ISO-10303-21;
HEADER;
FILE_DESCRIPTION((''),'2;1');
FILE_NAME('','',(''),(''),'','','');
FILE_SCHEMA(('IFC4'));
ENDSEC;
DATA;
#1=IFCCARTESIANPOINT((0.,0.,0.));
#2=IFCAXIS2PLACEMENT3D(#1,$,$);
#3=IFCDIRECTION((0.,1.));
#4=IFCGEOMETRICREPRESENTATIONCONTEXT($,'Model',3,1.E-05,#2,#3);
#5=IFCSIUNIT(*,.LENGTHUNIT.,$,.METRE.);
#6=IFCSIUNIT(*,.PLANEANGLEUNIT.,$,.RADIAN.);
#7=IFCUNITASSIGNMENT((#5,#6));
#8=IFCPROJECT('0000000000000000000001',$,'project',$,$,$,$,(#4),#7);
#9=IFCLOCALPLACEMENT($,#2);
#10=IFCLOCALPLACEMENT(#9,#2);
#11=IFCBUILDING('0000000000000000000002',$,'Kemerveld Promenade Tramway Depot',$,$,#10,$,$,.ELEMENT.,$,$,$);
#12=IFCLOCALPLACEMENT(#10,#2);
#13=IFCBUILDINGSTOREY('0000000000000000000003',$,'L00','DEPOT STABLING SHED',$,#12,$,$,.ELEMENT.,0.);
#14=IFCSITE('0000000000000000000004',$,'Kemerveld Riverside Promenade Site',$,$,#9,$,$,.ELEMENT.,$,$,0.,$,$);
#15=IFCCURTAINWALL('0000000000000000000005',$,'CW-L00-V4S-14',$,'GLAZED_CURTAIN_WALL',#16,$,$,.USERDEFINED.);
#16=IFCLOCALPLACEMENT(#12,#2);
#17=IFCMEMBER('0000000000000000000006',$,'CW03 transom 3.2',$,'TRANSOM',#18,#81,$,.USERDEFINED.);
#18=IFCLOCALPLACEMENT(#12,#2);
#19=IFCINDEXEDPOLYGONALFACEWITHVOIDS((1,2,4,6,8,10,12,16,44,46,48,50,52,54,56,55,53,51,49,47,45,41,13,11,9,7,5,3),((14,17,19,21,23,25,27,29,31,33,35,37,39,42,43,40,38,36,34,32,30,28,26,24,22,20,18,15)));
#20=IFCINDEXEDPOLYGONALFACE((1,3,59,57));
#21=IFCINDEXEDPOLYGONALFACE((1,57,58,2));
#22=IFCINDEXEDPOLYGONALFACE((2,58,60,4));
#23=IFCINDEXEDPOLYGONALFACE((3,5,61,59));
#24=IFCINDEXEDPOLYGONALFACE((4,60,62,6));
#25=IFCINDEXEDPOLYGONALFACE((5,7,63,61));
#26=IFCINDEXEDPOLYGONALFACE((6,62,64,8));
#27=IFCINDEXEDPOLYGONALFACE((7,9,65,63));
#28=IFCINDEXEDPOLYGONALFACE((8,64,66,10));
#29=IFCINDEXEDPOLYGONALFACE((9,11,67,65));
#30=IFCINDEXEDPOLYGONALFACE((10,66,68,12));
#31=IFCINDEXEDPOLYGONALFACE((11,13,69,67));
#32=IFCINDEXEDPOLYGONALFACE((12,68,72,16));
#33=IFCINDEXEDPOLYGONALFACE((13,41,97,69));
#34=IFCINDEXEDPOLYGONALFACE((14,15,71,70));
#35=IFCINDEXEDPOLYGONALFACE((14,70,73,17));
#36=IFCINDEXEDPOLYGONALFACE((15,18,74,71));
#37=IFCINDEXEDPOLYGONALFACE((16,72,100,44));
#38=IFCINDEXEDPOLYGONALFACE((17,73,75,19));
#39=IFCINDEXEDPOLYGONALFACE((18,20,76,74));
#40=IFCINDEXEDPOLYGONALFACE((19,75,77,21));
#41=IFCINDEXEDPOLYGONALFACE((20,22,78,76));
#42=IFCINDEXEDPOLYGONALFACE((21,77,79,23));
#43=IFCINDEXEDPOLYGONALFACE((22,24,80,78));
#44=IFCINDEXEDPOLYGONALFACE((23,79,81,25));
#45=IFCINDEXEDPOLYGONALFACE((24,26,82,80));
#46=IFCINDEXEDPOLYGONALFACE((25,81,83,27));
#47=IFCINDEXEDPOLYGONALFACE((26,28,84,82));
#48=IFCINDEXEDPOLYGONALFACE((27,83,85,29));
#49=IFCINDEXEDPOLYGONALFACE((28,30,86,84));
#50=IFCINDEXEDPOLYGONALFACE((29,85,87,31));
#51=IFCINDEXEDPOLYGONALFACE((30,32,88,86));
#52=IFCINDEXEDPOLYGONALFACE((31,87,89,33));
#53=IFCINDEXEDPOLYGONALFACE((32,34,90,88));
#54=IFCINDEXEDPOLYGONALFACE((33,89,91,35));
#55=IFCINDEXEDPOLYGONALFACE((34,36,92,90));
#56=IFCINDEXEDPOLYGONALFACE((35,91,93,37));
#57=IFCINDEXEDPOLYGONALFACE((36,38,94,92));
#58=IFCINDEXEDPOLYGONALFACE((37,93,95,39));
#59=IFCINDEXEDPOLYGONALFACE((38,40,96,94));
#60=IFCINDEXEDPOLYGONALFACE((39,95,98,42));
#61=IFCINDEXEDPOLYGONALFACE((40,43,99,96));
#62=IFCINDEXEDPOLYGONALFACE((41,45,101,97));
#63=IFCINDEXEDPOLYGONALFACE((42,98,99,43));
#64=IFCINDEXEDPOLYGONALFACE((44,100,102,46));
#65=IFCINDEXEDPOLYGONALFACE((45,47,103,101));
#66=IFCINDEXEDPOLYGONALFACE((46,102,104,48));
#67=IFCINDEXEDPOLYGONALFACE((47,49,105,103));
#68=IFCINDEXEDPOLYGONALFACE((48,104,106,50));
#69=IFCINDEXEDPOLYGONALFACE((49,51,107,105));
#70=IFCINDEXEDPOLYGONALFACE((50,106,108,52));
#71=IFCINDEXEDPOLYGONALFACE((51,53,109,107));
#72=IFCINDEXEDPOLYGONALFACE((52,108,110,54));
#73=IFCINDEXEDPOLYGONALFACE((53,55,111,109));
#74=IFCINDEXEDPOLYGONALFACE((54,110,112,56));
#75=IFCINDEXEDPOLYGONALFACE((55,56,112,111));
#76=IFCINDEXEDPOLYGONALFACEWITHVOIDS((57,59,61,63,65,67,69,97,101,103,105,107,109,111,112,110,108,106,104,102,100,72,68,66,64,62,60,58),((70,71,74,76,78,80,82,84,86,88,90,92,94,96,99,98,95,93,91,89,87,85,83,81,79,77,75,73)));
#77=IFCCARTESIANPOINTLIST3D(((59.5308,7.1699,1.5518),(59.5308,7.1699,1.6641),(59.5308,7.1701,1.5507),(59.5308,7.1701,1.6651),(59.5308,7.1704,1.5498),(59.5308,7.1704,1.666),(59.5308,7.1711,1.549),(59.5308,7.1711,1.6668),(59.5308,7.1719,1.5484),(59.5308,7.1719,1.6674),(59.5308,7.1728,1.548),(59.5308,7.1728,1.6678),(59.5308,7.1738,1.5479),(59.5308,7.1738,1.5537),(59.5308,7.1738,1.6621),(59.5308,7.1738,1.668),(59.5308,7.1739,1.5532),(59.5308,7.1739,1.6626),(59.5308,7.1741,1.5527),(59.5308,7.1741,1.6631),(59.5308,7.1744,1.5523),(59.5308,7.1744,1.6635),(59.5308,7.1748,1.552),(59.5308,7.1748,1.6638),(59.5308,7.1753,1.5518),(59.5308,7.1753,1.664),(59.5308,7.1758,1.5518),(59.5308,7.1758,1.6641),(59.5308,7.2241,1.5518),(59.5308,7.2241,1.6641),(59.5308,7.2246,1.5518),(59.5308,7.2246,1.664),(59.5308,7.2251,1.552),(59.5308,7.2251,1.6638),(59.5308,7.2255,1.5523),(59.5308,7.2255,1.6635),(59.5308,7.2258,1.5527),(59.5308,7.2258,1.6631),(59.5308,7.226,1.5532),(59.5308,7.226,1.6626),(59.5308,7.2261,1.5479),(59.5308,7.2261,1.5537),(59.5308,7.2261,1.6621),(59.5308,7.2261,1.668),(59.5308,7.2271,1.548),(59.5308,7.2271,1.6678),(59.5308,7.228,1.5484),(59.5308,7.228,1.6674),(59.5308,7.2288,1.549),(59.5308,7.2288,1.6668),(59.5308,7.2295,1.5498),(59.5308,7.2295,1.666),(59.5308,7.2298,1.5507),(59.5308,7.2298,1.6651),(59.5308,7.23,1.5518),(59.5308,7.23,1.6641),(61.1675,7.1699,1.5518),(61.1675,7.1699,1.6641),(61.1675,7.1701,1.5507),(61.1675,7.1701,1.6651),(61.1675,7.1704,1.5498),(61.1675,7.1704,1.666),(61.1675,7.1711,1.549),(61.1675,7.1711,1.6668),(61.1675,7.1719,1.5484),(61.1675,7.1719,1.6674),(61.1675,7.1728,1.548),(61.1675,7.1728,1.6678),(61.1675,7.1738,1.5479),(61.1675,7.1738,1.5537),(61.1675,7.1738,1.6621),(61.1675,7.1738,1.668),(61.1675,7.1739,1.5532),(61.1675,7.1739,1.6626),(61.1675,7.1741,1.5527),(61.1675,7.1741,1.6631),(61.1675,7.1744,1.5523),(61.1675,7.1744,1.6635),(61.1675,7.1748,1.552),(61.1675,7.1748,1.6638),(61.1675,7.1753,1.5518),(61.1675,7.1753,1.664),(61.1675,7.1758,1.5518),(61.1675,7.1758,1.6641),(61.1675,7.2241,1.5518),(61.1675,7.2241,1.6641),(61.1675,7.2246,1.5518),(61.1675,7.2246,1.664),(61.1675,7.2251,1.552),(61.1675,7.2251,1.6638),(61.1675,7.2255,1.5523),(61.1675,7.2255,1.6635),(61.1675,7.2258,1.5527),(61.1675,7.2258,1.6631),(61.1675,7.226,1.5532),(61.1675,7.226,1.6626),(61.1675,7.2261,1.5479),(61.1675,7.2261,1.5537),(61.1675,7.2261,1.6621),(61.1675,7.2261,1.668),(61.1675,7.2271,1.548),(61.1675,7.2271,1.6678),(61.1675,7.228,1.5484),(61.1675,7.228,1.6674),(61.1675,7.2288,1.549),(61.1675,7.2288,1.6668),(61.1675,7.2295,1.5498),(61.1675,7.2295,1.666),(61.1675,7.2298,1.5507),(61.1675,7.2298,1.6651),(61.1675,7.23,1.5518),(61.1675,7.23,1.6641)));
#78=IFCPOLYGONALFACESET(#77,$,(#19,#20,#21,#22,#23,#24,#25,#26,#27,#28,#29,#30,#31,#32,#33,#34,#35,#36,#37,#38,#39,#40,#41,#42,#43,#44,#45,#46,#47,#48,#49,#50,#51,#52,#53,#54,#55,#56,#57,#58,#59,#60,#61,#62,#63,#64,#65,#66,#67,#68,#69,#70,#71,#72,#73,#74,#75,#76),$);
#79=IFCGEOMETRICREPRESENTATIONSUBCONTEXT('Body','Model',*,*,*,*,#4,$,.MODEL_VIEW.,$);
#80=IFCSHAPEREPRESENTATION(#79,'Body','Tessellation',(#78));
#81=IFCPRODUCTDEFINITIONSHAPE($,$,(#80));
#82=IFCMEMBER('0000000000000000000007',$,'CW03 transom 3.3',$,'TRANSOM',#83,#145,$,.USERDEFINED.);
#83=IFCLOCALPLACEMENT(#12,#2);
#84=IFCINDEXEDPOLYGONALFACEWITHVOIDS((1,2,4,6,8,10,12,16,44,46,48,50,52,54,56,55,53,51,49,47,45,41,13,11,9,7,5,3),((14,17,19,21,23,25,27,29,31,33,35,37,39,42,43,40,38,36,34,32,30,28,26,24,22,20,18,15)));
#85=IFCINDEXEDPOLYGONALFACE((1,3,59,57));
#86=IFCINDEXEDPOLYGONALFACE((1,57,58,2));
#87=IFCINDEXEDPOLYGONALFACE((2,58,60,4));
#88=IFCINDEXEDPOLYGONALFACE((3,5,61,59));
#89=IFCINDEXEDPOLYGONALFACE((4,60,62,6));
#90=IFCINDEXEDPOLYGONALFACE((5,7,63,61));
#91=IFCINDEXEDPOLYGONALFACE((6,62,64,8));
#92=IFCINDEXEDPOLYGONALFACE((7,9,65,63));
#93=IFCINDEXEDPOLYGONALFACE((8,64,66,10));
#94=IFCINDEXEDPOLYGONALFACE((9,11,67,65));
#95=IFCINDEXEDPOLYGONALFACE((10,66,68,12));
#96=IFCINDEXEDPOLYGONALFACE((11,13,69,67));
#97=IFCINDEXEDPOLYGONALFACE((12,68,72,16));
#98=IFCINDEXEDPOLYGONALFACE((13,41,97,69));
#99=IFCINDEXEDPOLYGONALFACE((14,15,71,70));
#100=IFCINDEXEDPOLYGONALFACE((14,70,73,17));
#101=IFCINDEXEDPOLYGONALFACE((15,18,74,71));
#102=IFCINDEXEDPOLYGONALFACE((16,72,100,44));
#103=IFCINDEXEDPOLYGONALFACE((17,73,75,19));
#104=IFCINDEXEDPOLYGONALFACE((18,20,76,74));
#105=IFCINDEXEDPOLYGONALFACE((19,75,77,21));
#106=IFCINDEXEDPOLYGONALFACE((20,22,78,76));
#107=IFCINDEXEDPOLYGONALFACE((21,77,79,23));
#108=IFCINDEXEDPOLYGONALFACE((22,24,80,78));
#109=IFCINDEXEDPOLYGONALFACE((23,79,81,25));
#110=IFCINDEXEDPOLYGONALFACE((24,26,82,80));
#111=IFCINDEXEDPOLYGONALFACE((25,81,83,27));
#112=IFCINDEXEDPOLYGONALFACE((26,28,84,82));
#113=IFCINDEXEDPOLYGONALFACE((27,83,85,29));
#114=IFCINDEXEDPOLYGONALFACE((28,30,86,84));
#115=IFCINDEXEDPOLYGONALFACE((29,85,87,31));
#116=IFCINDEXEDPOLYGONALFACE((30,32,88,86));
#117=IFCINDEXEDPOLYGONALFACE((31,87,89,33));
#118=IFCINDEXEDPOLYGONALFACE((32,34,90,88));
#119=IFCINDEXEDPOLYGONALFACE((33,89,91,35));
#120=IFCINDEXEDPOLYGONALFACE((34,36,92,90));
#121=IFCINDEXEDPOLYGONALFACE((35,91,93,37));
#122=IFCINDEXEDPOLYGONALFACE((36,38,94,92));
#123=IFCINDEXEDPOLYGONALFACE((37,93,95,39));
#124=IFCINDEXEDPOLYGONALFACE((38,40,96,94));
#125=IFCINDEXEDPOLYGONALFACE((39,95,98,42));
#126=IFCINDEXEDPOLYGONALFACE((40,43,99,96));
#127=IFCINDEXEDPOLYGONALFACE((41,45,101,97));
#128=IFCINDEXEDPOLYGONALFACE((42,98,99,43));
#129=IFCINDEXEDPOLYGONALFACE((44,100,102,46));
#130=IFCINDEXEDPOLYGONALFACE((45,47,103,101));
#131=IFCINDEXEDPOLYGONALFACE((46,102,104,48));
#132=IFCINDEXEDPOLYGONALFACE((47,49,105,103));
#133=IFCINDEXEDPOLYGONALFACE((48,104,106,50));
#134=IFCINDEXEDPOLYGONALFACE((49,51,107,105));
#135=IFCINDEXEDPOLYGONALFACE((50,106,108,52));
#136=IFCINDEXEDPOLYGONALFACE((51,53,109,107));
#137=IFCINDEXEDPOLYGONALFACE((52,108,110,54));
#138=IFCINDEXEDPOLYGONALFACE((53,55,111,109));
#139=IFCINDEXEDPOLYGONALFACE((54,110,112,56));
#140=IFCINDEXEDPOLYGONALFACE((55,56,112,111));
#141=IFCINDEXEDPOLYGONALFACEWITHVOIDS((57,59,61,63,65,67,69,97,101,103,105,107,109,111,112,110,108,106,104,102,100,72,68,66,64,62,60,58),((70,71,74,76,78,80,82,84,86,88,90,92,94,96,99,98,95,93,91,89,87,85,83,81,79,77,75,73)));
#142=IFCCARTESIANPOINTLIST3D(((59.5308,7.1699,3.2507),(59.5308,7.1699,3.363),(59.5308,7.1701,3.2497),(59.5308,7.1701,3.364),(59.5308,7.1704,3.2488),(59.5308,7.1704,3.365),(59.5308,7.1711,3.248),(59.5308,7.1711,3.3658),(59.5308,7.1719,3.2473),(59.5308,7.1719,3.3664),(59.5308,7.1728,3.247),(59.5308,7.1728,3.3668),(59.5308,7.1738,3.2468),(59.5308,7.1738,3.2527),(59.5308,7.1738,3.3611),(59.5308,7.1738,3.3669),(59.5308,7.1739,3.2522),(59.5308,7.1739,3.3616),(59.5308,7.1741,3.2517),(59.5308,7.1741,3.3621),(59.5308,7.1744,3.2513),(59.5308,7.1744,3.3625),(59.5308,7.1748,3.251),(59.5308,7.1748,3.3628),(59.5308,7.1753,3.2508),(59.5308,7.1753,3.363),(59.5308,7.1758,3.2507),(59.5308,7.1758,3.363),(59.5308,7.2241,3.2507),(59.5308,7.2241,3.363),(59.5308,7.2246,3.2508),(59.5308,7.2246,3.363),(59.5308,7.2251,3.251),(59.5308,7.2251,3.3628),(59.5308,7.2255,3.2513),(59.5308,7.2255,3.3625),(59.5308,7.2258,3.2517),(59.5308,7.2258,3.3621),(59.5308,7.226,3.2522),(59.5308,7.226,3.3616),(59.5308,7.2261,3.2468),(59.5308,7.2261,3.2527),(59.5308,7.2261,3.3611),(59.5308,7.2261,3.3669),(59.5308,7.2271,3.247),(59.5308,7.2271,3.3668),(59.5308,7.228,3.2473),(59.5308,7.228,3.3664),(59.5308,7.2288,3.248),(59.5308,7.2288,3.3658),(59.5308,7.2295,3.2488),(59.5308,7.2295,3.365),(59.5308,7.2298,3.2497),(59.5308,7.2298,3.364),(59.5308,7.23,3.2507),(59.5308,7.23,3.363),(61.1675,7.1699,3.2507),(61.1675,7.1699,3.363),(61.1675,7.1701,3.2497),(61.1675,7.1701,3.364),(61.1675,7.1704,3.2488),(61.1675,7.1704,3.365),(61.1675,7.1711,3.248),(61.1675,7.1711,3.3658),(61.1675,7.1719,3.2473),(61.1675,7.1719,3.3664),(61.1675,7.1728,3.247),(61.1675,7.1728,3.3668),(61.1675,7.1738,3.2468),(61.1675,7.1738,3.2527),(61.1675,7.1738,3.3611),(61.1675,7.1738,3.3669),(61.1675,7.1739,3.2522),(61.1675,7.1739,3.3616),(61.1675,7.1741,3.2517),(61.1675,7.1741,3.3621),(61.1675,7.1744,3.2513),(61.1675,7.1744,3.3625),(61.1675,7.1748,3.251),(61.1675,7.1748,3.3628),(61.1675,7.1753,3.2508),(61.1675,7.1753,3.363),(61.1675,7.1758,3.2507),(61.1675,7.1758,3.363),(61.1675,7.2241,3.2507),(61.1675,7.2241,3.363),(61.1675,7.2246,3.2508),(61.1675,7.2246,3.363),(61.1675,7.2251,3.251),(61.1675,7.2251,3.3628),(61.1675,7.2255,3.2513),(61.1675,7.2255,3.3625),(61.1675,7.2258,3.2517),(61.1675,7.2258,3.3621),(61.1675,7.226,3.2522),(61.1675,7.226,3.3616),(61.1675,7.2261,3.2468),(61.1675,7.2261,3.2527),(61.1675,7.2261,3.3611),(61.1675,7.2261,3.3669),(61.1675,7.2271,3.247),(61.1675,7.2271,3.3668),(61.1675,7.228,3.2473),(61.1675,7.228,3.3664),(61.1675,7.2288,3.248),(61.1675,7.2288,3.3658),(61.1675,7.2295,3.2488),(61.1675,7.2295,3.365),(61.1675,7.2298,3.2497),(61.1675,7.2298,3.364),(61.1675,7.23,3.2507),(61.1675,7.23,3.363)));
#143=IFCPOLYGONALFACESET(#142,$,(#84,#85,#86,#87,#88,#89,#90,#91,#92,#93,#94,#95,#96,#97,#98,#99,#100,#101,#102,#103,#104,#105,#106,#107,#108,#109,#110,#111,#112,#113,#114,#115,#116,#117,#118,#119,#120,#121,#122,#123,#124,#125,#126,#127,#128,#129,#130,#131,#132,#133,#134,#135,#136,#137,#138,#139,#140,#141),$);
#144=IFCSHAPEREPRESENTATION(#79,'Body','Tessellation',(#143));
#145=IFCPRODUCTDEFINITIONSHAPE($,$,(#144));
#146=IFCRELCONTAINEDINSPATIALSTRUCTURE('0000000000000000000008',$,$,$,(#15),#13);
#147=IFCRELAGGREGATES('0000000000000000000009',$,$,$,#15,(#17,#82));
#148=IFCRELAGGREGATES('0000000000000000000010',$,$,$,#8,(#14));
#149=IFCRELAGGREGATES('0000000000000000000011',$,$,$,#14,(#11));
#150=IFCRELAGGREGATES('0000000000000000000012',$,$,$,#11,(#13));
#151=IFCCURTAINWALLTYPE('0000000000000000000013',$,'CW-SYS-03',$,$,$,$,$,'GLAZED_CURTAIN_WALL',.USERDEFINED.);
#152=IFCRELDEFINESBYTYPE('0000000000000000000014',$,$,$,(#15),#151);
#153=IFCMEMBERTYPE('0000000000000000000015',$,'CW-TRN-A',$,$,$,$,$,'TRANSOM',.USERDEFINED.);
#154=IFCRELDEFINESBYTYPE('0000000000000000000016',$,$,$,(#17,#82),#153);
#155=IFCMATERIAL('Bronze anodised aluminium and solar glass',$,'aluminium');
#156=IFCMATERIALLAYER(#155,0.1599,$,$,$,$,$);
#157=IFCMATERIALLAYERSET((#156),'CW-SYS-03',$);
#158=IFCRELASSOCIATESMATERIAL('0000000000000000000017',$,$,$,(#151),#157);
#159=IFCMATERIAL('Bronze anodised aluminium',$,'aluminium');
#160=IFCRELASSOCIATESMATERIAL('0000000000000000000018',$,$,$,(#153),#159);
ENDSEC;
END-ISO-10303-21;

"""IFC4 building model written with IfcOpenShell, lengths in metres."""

from ifc_helpers import new_model, si_unit, direction, frame, origin, origin_2d, place, context, subcontext, project, spatial, hollow_rectangle, extrude, material, layer, layer_set, material_profile, profile_set, type_object, element, aggregate, save


model = new_model("IFC4")

# Units and contexts
model_context = context("Model", 3, precision=1e-05, world=origin(), true_north=direction((0.0, 1.0)))
body_context = subcontext(model_context, "Body", "Model", "MODEL_VIEW")
ifc_project = project(units=[si_unit("LENGTHUNIT", "METRE"), si_unit("PLANEANGLEUNIT", "RADIAN")], contexts=[model_context])

# Site, building, storey
site_placement = place(None, origin())
site = spatial("IfcSite", under=ifc_project, at=site_placement, Name="Kemerveld Riverside Promenade Site", CompositionType="ELEMENT", RefElevation=0.0)
building_placement = place(site_placement, origin())
building = spatial("IfcBuilding", under=site, at=building_placement, Name="Kemerveld Promenade Tramway Depot", CompositionType="ELEMENT")
storey_placement = place(building_placement, origin())
storey = spatial("IfcBuildingStorey", under=building, at=storey_placement, Name="L00", Description="DEPOT STABLING SHED", CompositionType="ELEMENT", Elevation=0.0)

# Curtain wall, members
ifc_material_1 = material(Name="Bronze anodised aluminium and solar glass", Category="aluminium")
ifc_layer_1 = layer(ifc_material_1, 0.1599)
ifc_layer_set_1 = layer_set([ifc_layer_1], Name="CW-SYS-03")
curtain_wall_type = type_object("IfcCurtainWallType", Name="CW-SYS-03", ElementType="GLAZED_CURTAIN_WALL", PredefinedType="USERDEFINED", material=ifc_layer_set_1)
curtain_wall_placement = place(storey_placement, origin())
curtain_wall = element("IfcCurtainWall", 1, at=curtain_wall_placement, inside=storey, type_object=curtain_wall_type, Name="CW-L00-V4S-14", ObjectType="GLAZED_CURTAIN_WALL", PredefinedType="USERDEFINED")
ifc_material_2 = material(Name="Bronze anodised aluminium", Category="aluminium")
ifc_material_profile_1 = material_profile(ifc_material_2, hollow_rectangle(XDim=0.0601, YDim=0.1201, WallThickness=0.0039, InnerFilletRadius=0.002, OuterFilletRadius=0.0039, at=origin_2d()), Name="CW-TRN-120x60")
ifc_profile_set_1 = profile_set([ifc_material_profile_1], Name="Bronze anodised aluminium")
member_type_1 = type_object("IfcMemberType", Name="CW-TRN-A", ElementType="TRANSOM", PredefinedType="USERDEFINED", material=ifc_profile_set_1)
member_1_placement = place(storey_placement, frame((61.1675, 7.2, 1.6079), z_axis=(-1.0, 0.0, 0.0), x_axis=(0.0, -1.0, 0.0)))
member_1 = element("IfcMember", 2, at=member_1_placement, type_object=member_type_1, Name="CW03 transom 3.2", ObjectType="TRANSOM", PredefinedType="USERDEFINED", context=body_context, shape_type="SweptSolid", body=[
    extrude(hollow_rectangle(XDim=0.0601, YDim=0.1201, WallThickness=0.0039, InnerFilletRadius=0.002, OuterFilletRadius=0.0039, at=origin_2d()), origin(), (0.0, 0.0, 1.0), 1.6367),
])
member_2_placement = place(storey_placement, frame((61.1675, 7.2, 3.3069), z_axis=(-1.0, 0.0, 0.0), x_axis=(0.0, -1.0, 0.0)))
member_2 = element("IfcMember", 3, at=member_2_placement, type_object=member_type_1, Name="CW03 transom 3.3", ObjectType="TRANSOM", PredefinedType="USERDEFINED", context=body_context, shape_type="SweptSolid", body=[
    extrude(hollow_rectangle(XDim=0.0601, YDim=0.1201, WallThickness=0.0039, InnerFilletRadius=0.002, OuterFilletRadius=0.0039, at=origin_2d()), origin(), (0.0, 0.0, 1.0), 1.6367),
])
aggregate(curtain_wall, [member_1, member_2])

save(model, "model.ifc")
